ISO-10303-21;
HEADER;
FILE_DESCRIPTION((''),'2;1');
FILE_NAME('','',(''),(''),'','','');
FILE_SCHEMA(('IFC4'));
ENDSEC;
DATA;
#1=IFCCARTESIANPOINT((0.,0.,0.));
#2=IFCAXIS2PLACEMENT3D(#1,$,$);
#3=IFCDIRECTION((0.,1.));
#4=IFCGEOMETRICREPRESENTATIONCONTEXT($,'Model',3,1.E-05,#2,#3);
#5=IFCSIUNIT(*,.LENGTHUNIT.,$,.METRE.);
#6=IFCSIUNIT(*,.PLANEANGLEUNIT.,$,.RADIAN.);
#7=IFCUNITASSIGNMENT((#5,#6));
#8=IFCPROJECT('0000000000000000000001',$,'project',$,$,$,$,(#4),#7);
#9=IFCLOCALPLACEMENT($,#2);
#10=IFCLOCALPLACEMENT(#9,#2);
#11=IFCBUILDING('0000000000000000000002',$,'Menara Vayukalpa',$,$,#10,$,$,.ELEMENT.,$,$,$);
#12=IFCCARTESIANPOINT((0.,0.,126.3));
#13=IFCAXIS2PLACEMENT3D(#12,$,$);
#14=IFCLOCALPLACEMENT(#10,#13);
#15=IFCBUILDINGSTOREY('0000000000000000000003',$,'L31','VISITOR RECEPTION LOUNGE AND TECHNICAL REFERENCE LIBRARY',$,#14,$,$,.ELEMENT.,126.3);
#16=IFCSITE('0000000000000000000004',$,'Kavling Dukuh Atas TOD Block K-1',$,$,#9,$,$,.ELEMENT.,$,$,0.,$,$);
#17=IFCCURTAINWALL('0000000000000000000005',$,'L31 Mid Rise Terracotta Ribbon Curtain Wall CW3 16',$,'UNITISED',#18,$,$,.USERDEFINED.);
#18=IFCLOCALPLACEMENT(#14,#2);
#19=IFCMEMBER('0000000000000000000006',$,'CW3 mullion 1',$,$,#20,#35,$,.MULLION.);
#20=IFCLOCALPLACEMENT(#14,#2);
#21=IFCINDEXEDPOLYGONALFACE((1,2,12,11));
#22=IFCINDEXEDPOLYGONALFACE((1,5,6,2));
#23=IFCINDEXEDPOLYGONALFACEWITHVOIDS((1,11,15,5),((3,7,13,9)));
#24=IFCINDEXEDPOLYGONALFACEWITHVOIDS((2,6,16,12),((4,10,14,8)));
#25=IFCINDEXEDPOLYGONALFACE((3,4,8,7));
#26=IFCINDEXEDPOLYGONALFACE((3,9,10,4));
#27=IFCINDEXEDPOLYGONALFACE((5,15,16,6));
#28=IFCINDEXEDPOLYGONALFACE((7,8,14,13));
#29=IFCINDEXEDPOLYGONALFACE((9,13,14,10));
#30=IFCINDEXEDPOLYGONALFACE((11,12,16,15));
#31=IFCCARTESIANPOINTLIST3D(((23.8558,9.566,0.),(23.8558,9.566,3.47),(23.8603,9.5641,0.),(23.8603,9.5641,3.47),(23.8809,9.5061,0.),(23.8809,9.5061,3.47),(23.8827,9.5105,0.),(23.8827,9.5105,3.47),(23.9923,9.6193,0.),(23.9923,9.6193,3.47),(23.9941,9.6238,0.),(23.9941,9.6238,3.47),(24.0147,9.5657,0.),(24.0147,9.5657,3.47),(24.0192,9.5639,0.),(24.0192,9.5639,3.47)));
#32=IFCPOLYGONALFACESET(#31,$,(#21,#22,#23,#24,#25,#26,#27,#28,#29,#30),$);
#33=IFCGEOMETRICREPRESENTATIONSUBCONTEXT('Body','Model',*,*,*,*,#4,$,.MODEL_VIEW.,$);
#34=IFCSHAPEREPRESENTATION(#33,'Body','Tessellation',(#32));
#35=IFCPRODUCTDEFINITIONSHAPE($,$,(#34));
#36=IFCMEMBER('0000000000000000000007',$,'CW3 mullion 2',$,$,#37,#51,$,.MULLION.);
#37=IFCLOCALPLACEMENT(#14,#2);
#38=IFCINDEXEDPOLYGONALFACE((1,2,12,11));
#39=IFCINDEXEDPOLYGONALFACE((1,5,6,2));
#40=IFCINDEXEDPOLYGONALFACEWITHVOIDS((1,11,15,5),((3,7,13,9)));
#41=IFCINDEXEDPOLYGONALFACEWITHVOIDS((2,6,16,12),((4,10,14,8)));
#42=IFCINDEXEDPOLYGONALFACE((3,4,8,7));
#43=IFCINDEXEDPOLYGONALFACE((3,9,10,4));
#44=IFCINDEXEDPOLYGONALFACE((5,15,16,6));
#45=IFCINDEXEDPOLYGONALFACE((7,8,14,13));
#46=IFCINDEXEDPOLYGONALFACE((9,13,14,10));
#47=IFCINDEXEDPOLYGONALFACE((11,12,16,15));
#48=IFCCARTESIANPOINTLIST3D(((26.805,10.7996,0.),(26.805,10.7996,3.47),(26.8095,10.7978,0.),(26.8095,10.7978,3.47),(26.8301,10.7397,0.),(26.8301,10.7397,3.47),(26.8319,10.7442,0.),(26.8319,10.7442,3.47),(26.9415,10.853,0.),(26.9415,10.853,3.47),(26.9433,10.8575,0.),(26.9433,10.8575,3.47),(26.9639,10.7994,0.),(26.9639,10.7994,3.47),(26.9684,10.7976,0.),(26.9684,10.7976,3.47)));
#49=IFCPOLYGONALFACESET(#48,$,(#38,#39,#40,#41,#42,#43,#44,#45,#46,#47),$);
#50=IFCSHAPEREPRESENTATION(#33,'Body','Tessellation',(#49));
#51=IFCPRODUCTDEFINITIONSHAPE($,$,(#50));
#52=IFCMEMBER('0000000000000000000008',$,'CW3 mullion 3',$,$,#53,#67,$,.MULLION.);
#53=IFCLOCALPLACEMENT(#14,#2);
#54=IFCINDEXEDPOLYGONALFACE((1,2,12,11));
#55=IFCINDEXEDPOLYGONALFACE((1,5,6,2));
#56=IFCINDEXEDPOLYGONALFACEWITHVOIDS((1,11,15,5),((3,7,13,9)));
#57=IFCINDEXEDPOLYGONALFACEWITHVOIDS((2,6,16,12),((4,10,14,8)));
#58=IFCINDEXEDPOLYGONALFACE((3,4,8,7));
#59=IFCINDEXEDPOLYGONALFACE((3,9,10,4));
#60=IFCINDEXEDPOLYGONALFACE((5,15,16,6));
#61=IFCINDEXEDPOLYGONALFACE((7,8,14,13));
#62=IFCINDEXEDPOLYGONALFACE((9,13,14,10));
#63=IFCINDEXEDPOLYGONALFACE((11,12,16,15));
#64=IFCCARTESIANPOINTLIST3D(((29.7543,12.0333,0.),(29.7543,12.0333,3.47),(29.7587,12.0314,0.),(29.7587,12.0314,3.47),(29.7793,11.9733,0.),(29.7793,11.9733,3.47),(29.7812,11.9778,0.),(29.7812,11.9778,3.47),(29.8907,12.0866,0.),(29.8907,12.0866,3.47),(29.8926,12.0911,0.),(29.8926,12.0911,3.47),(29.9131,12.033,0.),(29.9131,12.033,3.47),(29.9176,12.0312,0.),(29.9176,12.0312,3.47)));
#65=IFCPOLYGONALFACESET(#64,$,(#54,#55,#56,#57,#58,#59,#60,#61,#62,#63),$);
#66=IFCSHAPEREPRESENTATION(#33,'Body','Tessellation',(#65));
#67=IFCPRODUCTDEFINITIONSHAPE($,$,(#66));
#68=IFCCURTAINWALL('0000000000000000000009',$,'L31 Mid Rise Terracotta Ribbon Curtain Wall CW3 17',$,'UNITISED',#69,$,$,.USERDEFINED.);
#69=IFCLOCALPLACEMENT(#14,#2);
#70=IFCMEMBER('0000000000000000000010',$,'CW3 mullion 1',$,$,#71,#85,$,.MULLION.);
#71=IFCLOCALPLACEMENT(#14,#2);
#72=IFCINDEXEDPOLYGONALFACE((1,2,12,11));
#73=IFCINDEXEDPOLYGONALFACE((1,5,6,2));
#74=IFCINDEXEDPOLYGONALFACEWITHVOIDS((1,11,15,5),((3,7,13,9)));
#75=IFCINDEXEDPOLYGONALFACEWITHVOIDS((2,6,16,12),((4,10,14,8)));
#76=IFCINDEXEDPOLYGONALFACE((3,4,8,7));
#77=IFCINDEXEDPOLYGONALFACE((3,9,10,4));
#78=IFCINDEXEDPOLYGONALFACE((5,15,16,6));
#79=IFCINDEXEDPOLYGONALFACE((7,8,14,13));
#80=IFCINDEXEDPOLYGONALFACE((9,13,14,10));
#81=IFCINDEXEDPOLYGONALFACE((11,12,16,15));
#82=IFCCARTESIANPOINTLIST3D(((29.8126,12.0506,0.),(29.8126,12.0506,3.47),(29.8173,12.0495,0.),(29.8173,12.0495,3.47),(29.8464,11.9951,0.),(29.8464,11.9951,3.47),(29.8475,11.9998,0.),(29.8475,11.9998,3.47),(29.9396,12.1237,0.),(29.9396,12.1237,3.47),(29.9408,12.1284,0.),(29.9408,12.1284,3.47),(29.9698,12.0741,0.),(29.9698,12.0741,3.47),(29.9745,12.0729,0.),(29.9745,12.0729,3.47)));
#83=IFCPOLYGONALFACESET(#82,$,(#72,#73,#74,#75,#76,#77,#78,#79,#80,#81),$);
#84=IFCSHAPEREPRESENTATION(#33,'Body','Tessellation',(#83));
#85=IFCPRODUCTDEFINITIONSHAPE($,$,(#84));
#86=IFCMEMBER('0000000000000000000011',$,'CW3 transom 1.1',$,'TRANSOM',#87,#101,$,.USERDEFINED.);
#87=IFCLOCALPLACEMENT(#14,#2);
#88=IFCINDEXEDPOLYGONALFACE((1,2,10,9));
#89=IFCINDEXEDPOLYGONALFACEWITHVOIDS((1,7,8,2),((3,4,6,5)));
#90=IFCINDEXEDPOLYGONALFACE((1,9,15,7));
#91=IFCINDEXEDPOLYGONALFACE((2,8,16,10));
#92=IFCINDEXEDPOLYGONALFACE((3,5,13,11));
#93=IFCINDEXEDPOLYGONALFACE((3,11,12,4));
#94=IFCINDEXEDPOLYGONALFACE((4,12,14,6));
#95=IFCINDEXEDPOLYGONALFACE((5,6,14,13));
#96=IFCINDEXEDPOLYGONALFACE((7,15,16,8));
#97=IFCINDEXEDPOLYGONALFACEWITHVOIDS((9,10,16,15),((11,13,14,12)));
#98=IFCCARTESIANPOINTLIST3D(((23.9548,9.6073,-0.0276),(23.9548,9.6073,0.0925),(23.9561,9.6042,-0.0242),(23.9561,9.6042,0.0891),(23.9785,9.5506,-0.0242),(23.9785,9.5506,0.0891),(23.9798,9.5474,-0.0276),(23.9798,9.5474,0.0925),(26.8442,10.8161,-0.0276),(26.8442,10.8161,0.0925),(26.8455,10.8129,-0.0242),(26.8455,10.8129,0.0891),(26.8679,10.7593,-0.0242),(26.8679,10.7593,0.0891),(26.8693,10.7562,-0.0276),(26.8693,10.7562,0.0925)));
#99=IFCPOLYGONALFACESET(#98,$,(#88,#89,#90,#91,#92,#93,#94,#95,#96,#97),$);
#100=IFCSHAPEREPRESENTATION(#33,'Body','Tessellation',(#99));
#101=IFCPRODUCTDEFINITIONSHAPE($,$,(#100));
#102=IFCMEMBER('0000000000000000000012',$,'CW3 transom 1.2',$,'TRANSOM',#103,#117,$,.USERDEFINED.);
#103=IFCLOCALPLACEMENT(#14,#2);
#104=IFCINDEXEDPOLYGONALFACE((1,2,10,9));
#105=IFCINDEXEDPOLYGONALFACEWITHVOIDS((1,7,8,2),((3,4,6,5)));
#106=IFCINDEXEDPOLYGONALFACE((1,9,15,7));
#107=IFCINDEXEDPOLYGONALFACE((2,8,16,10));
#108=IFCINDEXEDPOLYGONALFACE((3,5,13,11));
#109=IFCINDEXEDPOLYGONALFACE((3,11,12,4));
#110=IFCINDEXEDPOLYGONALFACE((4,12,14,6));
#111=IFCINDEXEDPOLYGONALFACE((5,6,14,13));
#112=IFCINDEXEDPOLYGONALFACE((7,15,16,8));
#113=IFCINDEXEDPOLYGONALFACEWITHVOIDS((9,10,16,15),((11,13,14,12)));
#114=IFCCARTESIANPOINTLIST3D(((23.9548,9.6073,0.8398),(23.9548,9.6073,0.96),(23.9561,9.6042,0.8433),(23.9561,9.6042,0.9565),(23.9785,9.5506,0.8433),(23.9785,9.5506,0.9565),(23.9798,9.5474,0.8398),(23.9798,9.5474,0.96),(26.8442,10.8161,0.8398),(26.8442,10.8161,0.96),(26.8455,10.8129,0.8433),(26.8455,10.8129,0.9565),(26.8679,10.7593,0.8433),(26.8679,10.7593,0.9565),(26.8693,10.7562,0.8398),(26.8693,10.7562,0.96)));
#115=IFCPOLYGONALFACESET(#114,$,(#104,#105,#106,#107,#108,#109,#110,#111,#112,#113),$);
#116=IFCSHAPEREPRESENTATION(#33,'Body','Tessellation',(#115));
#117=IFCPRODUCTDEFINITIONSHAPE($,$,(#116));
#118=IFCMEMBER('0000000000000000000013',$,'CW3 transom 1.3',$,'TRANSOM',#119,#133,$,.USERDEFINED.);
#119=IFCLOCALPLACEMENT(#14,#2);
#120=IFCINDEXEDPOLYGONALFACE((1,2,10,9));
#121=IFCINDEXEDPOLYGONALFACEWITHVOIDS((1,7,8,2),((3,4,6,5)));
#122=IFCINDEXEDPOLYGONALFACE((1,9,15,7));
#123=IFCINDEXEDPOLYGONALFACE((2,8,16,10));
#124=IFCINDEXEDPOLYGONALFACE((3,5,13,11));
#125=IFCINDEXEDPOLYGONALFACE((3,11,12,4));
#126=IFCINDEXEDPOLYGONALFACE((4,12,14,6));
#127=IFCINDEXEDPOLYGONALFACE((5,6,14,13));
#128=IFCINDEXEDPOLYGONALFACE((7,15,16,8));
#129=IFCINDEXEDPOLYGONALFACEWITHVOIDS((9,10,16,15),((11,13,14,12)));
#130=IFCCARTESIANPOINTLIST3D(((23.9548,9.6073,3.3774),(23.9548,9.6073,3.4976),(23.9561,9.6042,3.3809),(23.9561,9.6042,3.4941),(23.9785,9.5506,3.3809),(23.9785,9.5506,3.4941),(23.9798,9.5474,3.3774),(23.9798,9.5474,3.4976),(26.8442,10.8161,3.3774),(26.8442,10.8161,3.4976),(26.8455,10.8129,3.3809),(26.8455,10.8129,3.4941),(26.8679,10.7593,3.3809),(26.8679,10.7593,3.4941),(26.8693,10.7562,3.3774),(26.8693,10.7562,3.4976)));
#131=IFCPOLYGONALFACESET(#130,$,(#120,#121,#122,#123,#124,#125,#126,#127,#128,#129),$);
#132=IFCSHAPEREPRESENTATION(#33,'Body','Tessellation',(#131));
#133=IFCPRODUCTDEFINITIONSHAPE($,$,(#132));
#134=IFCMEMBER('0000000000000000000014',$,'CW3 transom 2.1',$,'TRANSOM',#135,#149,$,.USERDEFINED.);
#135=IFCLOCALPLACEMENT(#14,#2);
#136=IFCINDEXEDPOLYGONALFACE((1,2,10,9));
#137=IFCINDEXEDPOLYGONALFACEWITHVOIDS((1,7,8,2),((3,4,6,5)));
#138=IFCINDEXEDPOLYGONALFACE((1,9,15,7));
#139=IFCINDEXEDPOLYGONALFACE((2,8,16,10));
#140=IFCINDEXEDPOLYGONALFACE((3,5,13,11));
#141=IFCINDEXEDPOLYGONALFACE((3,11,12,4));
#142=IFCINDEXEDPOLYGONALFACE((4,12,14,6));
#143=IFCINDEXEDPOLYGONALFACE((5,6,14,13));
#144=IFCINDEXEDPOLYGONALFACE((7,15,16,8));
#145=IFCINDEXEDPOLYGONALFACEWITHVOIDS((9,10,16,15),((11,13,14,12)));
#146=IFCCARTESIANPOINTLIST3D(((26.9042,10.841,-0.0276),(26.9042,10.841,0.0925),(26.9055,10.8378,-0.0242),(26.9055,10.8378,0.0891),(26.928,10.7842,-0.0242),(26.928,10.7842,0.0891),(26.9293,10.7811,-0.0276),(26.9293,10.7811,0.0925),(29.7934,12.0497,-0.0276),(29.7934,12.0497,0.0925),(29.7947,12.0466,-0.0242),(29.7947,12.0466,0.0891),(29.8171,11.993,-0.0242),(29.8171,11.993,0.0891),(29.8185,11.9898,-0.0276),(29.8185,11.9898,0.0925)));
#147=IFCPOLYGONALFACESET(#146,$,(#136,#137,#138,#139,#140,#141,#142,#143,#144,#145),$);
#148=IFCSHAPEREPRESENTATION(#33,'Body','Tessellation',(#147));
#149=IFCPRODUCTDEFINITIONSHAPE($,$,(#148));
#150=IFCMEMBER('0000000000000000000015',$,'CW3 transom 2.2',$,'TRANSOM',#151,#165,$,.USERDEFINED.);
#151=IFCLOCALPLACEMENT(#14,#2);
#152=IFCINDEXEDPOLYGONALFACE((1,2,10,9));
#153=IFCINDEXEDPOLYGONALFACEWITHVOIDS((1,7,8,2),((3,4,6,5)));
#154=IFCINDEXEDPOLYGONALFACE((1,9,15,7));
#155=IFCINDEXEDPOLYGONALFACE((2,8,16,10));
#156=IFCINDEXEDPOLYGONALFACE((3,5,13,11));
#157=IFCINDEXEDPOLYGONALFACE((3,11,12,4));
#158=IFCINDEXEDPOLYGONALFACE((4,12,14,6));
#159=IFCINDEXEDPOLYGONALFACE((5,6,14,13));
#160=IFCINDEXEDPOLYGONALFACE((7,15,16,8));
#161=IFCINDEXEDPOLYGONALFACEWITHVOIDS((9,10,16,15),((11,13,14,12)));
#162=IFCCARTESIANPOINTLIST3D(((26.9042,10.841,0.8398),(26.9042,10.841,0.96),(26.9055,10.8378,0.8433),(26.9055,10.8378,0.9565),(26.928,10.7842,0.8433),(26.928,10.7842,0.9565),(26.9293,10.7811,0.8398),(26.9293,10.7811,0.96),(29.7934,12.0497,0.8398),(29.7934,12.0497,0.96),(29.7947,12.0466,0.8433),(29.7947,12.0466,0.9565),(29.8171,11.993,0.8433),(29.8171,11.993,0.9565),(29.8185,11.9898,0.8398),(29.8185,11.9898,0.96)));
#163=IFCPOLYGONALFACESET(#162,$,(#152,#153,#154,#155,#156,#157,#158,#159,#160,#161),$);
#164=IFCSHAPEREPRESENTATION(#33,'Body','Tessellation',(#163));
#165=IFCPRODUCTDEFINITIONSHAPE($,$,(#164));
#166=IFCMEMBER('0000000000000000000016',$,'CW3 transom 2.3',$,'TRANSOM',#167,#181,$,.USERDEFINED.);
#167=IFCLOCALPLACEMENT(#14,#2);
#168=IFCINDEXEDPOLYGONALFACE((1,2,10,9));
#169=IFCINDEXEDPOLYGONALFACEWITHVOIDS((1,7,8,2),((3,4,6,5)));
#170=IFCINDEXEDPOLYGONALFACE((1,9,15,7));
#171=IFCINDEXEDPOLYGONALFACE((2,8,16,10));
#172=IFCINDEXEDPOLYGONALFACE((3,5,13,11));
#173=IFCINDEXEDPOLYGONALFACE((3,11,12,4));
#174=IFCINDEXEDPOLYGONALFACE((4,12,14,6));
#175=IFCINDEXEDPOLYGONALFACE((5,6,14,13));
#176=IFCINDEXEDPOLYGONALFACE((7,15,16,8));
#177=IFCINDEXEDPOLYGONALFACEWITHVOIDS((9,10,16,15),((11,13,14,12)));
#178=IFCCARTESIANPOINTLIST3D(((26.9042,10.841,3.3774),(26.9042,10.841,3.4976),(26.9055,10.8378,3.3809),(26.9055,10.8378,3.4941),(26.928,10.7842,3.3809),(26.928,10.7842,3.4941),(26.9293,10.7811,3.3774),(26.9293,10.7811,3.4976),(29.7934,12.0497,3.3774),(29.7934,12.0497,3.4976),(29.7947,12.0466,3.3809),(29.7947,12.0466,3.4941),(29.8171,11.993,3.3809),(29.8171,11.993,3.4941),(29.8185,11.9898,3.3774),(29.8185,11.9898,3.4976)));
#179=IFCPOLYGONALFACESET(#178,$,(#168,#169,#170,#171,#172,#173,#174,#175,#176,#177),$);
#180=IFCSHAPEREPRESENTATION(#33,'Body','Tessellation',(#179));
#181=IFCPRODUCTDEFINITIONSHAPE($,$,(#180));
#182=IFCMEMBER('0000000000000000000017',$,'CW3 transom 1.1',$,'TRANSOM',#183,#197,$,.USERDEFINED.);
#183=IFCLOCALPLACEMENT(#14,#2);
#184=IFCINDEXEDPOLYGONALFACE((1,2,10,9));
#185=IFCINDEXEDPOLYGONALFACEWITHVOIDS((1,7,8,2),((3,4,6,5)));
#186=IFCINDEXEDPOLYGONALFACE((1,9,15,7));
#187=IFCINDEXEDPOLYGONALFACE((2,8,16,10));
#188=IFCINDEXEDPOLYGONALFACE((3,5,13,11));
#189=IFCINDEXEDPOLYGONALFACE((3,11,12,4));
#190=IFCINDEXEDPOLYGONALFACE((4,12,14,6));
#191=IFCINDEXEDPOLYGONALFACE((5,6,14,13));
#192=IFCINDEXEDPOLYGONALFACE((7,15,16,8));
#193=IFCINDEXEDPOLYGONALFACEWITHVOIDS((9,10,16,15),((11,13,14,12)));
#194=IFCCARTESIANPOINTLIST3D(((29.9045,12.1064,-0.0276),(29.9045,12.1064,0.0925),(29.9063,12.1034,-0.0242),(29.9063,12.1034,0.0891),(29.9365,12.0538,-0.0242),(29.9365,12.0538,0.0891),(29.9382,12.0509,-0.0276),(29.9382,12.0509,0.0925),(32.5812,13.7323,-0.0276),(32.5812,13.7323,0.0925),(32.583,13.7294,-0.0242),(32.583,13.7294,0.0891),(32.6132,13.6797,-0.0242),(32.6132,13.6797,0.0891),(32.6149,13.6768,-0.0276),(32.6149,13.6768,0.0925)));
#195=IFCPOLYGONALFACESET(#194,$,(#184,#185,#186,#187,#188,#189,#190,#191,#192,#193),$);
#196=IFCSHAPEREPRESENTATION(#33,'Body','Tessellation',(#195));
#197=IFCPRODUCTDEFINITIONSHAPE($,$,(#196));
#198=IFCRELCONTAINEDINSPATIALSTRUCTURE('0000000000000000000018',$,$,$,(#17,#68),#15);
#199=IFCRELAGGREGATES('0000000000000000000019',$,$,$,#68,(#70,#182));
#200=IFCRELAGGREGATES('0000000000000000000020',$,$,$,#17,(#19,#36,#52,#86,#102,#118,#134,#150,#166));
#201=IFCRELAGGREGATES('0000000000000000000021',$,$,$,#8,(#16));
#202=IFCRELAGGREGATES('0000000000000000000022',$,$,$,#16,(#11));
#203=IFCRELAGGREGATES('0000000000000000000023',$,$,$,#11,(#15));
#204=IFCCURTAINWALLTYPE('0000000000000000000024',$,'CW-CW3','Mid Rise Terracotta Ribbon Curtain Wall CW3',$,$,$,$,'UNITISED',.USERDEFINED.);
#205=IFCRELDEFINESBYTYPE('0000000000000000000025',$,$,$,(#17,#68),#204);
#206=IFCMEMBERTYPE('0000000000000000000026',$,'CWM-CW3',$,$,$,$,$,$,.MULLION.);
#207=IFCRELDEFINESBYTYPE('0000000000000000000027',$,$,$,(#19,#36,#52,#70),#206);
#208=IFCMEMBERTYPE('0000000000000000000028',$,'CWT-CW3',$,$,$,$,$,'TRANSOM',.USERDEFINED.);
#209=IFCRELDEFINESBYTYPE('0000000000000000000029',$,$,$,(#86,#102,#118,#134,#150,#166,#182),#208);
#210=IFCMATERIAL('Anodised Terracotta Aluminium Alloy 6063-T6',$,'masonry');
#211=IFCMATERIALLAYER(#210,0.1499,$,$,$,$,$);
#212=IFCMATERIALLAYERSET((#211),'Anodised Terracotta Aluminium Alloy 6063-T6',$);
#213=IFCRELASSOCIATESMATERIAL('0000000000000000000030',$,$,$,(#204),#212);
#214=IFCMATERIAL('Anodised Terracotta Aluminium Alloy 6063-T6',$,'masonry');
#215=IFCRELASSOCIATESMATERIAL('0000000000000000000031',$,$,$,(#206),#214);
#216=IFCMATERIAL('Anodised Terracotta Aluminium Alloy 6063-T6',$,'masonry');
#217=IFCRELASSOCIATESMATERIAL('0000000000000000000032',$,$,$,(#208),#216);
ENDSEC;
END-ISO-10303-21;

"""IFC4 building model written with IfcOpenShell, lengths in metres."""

from ifc_helpers import new_model, si_unit, direction, frame, origin, origin_2d, place, context, subcontext, project, spatial, hollow_rectangle, extrude, material, layer, layer_set, material_profile, profile_set, type_object, element, aggregate, save


model = new_model("IFC4")

# Units and contexts
model_context = context("Model", 3, precision=1e-05, world=origin(), true_north=direction((0.0, 1.0)))
body_context = subcontext(model_context, "Body", "Model", "MODEL_VIEW")
ifc_project = project(units=[si_unit("LENGTHUNIT", "METRE"), si_unit("PLANEANGLEUNIT", "RADIAN")], contexts=[model_context])

# Site, building, storey
site_placement = place(None, origin())
site = spatial("IfcSite", under=ifc_project, at=site_placement, Name="Kavling Dukuh Atas TOD Block K-1", CompositionType="ELEMENT", RefElevation=0.0)
building_placement = place(site_placement, origin())
building = spatial("IfcBuilding", under=site, at=building_placement, Name="Menara Vayukalpa", CompositionType="ELEMENT")
storey_placement = place(building_placement, frame((0.0, 0.0, 126.3)))
storey = spatial("IfcBuildingStorey", under=building, at=storey_placement, Name="L31", Description="VISITOR RECEPTION LOUNGE AND TECHNICAL REFERENCE LIBRARY", CompositionType="ELEMENT", Elevation=126.3)

# Curtain wall, members
ifc_material_1 = material(Name="Anodised Terracotta Aluminium Alloy 6063-T6", Category="masonry")
ifc_layer_1 = layer(ifc_material_1, 0.1499)
ifc_layer_set_1 = layer_set([ifc_layer_1], Name="Anodised Terracotta Aluminium Alloy 6063-T6")
curtain_wall_type = type_object("IfcCurtainWallType", Name="CW-CW3", Description="Mid Rise Terracotta Ribbon Curtain Wall CW3", ElementType="UNITISED", PredefinedType="USERDEFINED", material=ifc_layer_set_1)
curtain_wall_1_placement = place(storey_placement, origin())
curtain_wall_1 = element("IfcCurtainWall", 1, at=curtain_wall_1_placement, inside=storey, type_object=curtain_wall_type, Name="L31 Mid Rise Terracotta Ribbon Curtain Wall CW3 16", ObjectType="UNITISED", PredefinedType="USERDEFINED")
ifc_material_2 = material(Name="Anodised Terracotta Aluminium Alloy 6063-T6", Category="masonry")
ifc_material_profile_1 = material_profile(ifc_material_2, hollow_rectangle(XDim=0.0649, YDim=0.1499, WallThickness=0.0034, at=origin_2d()), Name="ALU 65x150x3.5")
ifc_profile_set_1 = profile_set([ifc_material_profile_1], Name="Anodised Terracotta Aluminium Alloy 6063-T6")
member_type_1 = type_object("IfcMemberType", Name="CWM-CW3", PredefinedType="MULLION", material=ifc_profile_set_1)
member_1_placement = place(storey_placement, frame((23.9375, 9.5649, 0.0), z_axis=(0.0, 0.0, 1.0), x_axis=(-0.385894, 0.922543, 0.0)))
member_1 = element("IfcMember", 2, at=member_1_placement, type_object=member_type_1, Name="CW3 mullion 1", PredefinedType="MULLION", context=body_context, shape_type="SweptSolid", body=[
    extrude(hollow_rectangle(XDim=0.0649, YDim=0.1499, WallThickness=0.0034, at=origin_2d()), origin(), (0.0, 0.0, 1.0), 3.47),
])
member_2_placement = place(storey_placement, frame((26.8867, 10.7986, 0.0), z_axis=(0.0, 0.0, 1.0), x_axis=(-0.385894, 0.922543, 0.0)))
member_2 = element("IfcMember", 3, at=member_2_placement, type_object=member_type_1, Name="CW3 mullion 2", PredefinedType="MULLION", context=body_context, shape_type="SweptSolid", body=[
    extrude(hollow_rectangle(XDim=0.0649, YDim=0.1499, WallThickness=0.0034, at=origin_2d()), origin(), (0.0, 0.0, 1.0), 3.47),
])
member_3_placement = place(storey_placement, frame((29.8359, 12.0322, 0.0), z_axis=(0.0, 0.0, 1.0), x_axis=(-0.385894, 0.922543, 0.0)))
member_3 = element("IfcMember", 4, at=member_3_placement, type_object=member_type_1, Name="CW3 mullion 3", PredefinedType="MULLION", context=body_context, shape_type="SweptSolid", body=[
    extrude(hollow_rectangle(XDim=0.0649, YDim=0.1499, WallThickness=0.0034, at=origin_2d()), origin(), (0.0, 0.0, 1.0), 3.47),
])

# Curtain wall, member
curtain_wall_2_placement = place(storey_placement, origin())
curtain_wall_2 = element("IfcCurtainWall", 5, at=curtain_wall_2_placement, inside=storey, type_object=curtain_wall_type, Name="L31 Mid Rise Terracotta Ribbon Curtain Wall CW3 17", ObjectType="UNITISED", PredefinedType="USERDEFINED")
member_4_placement = place(storey_placement, frame((29.8936, 12.0618, 0.0), z_axis=(0.0, 0.0, 1.0), x_axis=(-0.519183, 0.854663, 0.0)))
member_4 = element("IfcMember", 6, at=member_4_placement, type_object=member_type_1, Name="CW3 mullion 1", PredefinedType="MULLION", context=body_context, shape_type="SweptSolid", body=[
    extrude(hollow_rectangle(XDim=0.0649, YDim=0.1499, WallThickness=0.0034, at=origin_2d()), origin(), (0.0, 0.0, 1.0), 3.47),
])

# Members
ifc_material_3 = material(Name="Anodised Terracotta Aluminium Alloy 6063-T6", Category="masonry")
ifc_material_profile_2 = material_profile(ifc_material_3, hollow_rectangle(XDim=0.0649, YDim=0.1201, WallThickness=0.0034, at=origin_2d()), Name="ALU 65x120x3.5")
ifc_profile_set_2 = profile_set([ifc_material_profile_2], Name="Anodised Terracotta Aluminium Alloy 6063-T6")
member_type_2 = type_object("IfcMemberType", Name="CWT-CW3", ElementType="TRANSOM", PredefinedType="USERDEFINED", material=ifc_profile_set_2)
member_5_placement = place(storey_placement, frame((23.9673, 9.5774, 0.0325), z_axis=(0.922529, 0.385927, 0.0), x_axis=(-0.385927, 0.922529, 0.0)))
member_5 = element("IfcMember", 7, at=member_5_placement, type_object=member_type_2, Name="CW3 transom 1.1", ObjectType="TRANSOM", PredefinedType="USERDEFINED", context=body_context, shape_type="SweptSolid", body=[
    extrude(hollow_rectangle(XDim=0.0649, YDim=0.1201, WallThickness=0.0034, at=origin_2d()), origin(), (0.0, 0.0, 1.0), 3.1321),
])
member_6_placement = place(storey_placement, frame((23.9673, 9.5774, 0.8999), z_axis=(0.922529, 0.385927, 0.0), x_axis=(-0.385927, 0.922529, 0.0)))
member_6 = element("IfcMember", 8, at=member_6_placement, type_object=member_type_2, Name="CW3 transom 1.2", ObjectType="TRANSOM", PredefinedType="USERDEFINED", context=body_context, shape_type="SweptSolid", body=[
    extrude(hollow_rectangle(XDim=0.0649, YDim=0.1201, WallThickness=0.0034, at=origin_2d()), origin(), (0.0, 0.0, 1.0), 3.1321),
])
member_7_placement = place(storey_placement, frame((23.9673, 9.5774, 3.4375), z_axis=(0.922529, 0.385927, 0.0), x_axis=(-0.385927, 0.922529, 0.0)))
member_7 = element("IfcMember", 9, at=member_7_placement, type_object=member_type_2, Name="CW3 transom 1.3", ObjectType="TRANSOM", PredefinedType="USERDEFINED", context=body_context, shape_type="SweptSolid", body=[
    extrude(hollow_rectangle(XDim=0.0649, YDim=0.1201, WallThickness=0.0034, at=origin_2d()), origin(), (0.0, 0.0, 1.0), 3.1321),
])
member_8_placement = place(storey_placement, frame((26.9167, 10.811, 0.0325), z_axis=(0.922518, 0.385955, 0.0), x_axis=(-0.385955, 0.922518, 0.0)))
member_8 = element("IfcMember", 10, at=member_8_placement, type_object=member_type_2, Name="CW3 transom 2.1", ObjectType="TRANSOM", PredefinedType="USERDEFINED", context=body_context, shape_type="SweptSolid", body=[
    extrude(hollow_rectangle(XDim=0.0649, YDim=0.1201, WallThickness=0.0034, at=origin_2d()), origin(), (0.0, 0.0, 1.0), 3.1318),
])
member_9_placement = place(storey_placement, frame((26.9167, 10.811, 0.8999), z_axis=(0.922518, 0.385955, 0.0), x_axis=(-0.385955, 0.922518, 0.0)))
member_9 = element("IfcMember", 11, at=member_9_placement, type_object=member_type_2, Name="CW3 transom 2.2", ObjectType="TRANSOM", PredefinedType="USERDEFINED", context=body_context, shape_type="SweptSolid", body=[
    extrude(hollow_rectangle(XDim=0.0649, YDim=0.1201, WallThickness=0.0034, at=origin_2d()), origin(), (0.0, 0.0, 1.0), 3.1318),
])
member_10_placement = place(storey_placement, frame((26.9167, 10.811, 3.4375), z_axis=(0.922518, 0.385955, 0.0), x_axis=(-0.385955, 0.922518, 0.0)))
member_10 = element("IfcMember", 12, at=member_10_placement, type_object=member_type_2, Name="CW3 transom 2.3", ObjectType="TRANSOM", PredefinedType="USERDEFINED", context=body_context, shape_type="SweptSolid", body=[
    extrude(hollow_rectangle(XDim=0.0649, YDim=0.1201, WallThickness=0.0034, at=origin_2d()), origin(), (0.0, 0.0, 1.0), 3.1318),
])
member_11_placement = place(storey_placement, frame((29.9214, 12.0786, 0.0325), z_axis=(0.854674, 0.519165, 0.0), x_axis=(-0.519165, 0.854674, 0.0)))
member_11 = element("IfcMember", 13, at=member_11_placement, type_object=member_type_2, Name="CW3 transom 1.1", ObjectType="TRANSOM", PredefinedType="USERDEFINED", context=body_context, shape_type="SweptSolid", body=[
    extrude(hollow_rectangle(XDim=0.0649, YDim=0.1201, WallThickness=0.0034, at=origin_2d()), origin(), (0.0, 0.0, 1.0), 3.1318),
])
aggregate(curtain_wall_2, [member_4, member_11])

aggregate(curtain_wall_1, [member_1, member_2, member_3, member_5, member_6, member_7, member_8, member_9, member_10])

save(model, "model.ifc")
